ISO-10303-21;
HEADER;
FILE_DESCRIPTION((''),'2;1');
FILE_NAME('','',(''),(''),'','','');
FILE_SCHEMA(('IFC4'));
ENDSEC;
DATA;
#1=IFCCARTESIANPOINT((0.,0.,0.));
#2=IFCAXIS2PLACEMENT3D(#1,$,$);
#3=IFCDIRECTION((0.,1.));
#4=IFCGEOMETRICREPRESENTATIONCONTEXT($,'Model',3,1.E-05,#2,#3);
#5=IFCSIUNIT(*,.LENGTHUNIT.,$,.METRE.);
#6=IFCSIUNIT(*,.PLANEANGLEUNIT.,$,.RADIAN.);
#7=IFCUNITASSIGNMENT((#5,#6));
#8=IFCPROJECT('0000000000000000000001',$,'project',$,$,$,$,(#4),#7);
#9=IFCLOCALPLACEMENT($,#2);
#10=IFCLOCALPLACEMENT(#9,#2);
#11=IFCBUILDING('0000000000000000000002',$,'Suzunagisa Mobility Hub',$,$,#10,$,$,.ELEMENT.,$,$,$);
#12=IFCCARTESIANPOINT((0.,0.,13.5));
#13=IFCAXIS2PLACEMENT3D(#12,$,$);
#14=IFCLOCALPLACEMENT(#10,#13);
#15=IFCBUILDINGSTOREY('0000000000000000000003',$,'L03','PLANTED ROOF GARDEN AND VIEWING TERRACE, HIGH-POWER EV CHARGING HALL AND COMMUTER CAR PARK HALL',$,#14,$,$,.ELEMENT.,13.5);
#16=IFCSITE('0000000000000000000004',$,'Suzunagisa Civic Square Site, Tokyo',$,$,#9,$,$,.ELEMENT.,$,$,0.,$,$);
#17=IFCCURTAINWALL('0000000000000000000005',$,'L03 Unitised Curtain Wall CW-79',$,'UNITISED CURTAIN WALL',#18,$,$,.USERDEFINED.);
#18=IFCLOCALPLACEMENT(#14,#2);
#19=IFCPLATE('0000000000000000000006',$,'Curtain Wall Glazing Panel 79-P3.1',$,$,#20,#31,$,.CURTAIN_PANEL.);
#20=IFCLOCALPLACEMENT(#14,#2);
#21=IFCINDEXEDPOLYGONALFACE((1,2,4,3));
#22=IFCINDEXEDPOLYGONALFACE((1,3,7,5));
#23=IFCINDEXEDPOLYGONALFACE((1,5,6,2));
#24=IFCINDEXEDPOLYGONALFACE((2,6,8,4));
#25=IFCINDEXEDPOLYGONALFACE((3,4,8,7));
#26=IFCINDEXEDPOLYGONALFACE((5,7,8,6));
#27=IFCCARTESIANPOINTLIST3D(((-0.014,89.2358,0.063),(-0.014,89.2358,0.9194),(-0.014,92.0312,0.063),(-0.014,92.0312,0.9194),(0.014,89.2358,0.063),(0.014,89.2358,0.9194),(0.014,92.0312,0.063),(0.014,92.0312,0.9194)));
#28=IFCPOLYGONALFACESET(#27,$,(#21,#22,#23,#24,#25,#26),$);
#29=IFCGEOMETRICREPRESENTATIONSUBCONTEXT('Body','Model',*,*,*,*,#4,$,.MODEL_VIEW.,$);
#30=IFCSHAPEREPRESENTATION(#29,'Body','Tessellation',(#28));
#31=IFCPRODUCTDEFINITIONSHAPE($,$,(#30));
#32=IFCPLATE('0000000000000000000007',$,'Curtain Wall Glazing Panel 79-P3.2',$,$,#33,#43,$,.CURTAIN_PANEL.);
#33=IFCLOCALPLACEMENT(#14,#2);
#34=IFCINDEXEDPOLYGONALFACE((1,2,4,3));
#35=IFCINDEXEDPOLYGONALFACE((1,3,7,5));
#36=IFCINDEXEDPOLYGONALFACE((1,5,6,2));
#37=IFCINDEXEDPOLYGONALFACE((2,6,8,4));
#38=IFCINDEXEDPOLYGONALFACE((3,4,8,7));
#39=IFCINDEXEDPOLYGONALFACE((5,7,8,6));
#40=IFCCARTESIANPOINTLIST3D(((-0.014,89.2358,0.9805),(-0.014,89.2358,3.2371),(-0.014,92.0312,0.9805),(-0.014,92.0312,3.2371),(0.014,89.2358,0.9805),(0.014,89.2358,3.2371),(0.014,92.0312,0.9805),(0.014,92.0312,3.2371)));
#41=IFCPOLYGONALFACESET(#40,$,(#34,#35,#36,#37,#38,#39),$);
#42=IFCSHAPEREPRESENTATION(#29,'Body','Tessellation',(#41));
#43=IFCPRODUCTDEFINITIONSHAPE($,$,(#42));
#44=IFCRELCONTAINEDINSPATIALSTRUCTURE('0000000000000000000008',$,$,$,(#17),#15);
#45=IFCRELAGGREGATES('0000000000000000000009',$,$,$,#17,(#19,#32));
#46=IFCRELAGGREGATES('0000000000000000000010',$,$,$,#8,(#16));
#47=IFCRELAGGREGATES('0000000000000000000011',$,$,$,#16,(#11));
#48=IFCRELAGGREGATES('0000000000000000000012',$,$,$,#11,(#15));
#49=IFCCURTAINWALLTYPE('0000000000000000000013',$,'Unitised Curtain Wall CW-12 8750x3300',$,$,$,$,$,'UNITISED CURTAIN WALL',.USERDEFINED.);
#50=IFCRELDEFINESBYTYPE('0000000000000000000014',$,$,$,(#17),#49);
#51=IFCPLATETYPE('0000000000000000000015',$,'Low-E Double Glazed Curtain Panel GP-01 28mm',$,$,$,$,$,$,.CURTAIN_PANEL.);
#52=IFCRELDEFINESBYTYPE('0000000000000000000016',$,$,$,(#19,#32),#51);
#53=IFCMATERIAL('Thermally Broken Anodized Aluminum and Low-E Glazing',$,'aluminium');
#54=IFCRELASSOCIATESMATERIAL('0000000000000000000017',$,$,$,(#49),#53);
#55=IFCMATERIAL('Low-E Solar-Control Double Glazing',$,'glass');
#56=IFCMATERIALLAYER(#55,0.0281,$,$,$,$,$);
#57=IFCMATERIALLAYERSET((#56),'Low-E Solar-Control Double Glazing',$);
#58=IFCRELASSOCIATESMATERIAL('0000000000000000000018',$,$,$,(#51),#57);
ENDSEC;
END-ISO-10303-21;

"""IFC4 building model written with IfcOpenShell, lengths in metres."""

from ifc_helpers import new_model, si_unit, direction, frame, origin, origin_2d, place, context, subcontext, project, spatial, rectangle, extrude, material, layer, layer_set, type_object, element, aggregate, save


model = new_model("IFC4")

# Units and contexts
model_context = context("Model", 3, precision=1e-05, world=origin(), true_north=direction((0.0, 1.0)))
body_context = subcontext(model_context, "Body", "Model", "MODEL_VIEW")
ifc_project = project(units=[si_unit("LENGTHUNIT", "METRE"), si_unit("PLANEANGLEUNIT", "RADIAN")], contexts=[model_context])

# Site, building, storey
site_placement = place(None, origin())
site = spatial("IfcSite", under=ifc_project, at=site_placement, Name="Suzunagisa Civic Square Site, Tokyo", CompositionType="ELEMENT", RefElevation=0.0)
building_placement = place(site_placement, origin())
building = spatial("IfcBuilding", under=site, at=building_placement, Name="Suzunagisa Mobility Hub", CompositionType="ELEMENT")
storey_placement = place(building_placement, frame((0.0, 0.0, 13.5)))
storey = spatial("IfcBuildingStorey", under=building, at=storey_placement, Name="L03", Description="PLANTED ROOF GARDEN AND VIEWING TERRACE, HIGH-POWER EV CHARGING HALL AND COMMUTER CAR PARK HALL", CompositionType="ELEMENT", Elevation=13.5)

# Curtain wall
ifc_material_1 = material(Name="Thermally Broken Anodized Aluminum and Low-E Glazing", Category="aluminium")
curtain_wall_type = type_object("IfcCurtainWallType", Name="Unitised Curtain Wall CW-12 8750x3300", ElementType="UNITISED CURTAIN WALL", PredefinedType="USERDEFINED", material=ifc_material_1)
curtain_wall_placement = place(storey_placement, origin())
curtain_wall = element("IfcCurtainWall", 1, at=curtain_wall_placement, inside=storey, type_object=curtain_wall_type, Name="L03 Unitised Curtain Wall CW-79", ObjectType="UNITISED CURTAIN WALL", PredefinedType="USERDEFINED")

# Plates
ifc_material_2 = material(Name="Low-E Solar-Control Double Glazing", Category="glass")
ifc_layer = layer(ifc_material_2, 0.0281)
ifc_layer_set = layer_set([ifc_layer], Name="Low-E Solar-Control Double Glazing")
plate_type = type_object("IfcPlateType", Name="Low-E Double Glazed Curtain Panel GP-01 28mm", PredefinedType="CURTAIN_PANEL", material=ifc_layer_set)
plate_1_placement = place(storey_placement, frame((0.0, 90.6335, 0.063), z_axis=(0.0, 0.0, 1.0), x_axis=(0.0, -1.0, 0.0)))
plate_1 = element("IfcPlate", 2, at=plate_1_placement, type_object=plate_type, Name="Curtain Wall Glazing Panel 79-P3.1", PredefinedType="CURTAIN_PANEL", context=body_context, shape_type="SweptSolid", body=[
    extrude(rectangle(XDim=2.7954, YDim=0.0281, at=origin_2d()), origin(), (0.0, 0.0, 1.0), 0.8564),
])
plate_2_placement = place(storey_placement, frame((0.0, 90.6335, 0.9805), z_axis=(0.0, 0.0, 1.0), x_axis=(0.0, -1.0, 0.0)))
plate_2 = element("IfcPlate", 3, at=plate_2_placement, type_object=plate_type, Name="Curtain Wall Glazing Panel 79-P3.2", PredefinedType="CURTAIN_PANEL", context=body_context, shape_type="SweptSolid", body=[
    extrude(rectangle(XDim=2.7954, YDim=0.0281, at=origin_2d()), origin(), (0.0, 0.0, 1.0), 2.2566),
])
aggregate(curtain_wall, [plate_1, plate_2])

save(model, "model.ifc")
